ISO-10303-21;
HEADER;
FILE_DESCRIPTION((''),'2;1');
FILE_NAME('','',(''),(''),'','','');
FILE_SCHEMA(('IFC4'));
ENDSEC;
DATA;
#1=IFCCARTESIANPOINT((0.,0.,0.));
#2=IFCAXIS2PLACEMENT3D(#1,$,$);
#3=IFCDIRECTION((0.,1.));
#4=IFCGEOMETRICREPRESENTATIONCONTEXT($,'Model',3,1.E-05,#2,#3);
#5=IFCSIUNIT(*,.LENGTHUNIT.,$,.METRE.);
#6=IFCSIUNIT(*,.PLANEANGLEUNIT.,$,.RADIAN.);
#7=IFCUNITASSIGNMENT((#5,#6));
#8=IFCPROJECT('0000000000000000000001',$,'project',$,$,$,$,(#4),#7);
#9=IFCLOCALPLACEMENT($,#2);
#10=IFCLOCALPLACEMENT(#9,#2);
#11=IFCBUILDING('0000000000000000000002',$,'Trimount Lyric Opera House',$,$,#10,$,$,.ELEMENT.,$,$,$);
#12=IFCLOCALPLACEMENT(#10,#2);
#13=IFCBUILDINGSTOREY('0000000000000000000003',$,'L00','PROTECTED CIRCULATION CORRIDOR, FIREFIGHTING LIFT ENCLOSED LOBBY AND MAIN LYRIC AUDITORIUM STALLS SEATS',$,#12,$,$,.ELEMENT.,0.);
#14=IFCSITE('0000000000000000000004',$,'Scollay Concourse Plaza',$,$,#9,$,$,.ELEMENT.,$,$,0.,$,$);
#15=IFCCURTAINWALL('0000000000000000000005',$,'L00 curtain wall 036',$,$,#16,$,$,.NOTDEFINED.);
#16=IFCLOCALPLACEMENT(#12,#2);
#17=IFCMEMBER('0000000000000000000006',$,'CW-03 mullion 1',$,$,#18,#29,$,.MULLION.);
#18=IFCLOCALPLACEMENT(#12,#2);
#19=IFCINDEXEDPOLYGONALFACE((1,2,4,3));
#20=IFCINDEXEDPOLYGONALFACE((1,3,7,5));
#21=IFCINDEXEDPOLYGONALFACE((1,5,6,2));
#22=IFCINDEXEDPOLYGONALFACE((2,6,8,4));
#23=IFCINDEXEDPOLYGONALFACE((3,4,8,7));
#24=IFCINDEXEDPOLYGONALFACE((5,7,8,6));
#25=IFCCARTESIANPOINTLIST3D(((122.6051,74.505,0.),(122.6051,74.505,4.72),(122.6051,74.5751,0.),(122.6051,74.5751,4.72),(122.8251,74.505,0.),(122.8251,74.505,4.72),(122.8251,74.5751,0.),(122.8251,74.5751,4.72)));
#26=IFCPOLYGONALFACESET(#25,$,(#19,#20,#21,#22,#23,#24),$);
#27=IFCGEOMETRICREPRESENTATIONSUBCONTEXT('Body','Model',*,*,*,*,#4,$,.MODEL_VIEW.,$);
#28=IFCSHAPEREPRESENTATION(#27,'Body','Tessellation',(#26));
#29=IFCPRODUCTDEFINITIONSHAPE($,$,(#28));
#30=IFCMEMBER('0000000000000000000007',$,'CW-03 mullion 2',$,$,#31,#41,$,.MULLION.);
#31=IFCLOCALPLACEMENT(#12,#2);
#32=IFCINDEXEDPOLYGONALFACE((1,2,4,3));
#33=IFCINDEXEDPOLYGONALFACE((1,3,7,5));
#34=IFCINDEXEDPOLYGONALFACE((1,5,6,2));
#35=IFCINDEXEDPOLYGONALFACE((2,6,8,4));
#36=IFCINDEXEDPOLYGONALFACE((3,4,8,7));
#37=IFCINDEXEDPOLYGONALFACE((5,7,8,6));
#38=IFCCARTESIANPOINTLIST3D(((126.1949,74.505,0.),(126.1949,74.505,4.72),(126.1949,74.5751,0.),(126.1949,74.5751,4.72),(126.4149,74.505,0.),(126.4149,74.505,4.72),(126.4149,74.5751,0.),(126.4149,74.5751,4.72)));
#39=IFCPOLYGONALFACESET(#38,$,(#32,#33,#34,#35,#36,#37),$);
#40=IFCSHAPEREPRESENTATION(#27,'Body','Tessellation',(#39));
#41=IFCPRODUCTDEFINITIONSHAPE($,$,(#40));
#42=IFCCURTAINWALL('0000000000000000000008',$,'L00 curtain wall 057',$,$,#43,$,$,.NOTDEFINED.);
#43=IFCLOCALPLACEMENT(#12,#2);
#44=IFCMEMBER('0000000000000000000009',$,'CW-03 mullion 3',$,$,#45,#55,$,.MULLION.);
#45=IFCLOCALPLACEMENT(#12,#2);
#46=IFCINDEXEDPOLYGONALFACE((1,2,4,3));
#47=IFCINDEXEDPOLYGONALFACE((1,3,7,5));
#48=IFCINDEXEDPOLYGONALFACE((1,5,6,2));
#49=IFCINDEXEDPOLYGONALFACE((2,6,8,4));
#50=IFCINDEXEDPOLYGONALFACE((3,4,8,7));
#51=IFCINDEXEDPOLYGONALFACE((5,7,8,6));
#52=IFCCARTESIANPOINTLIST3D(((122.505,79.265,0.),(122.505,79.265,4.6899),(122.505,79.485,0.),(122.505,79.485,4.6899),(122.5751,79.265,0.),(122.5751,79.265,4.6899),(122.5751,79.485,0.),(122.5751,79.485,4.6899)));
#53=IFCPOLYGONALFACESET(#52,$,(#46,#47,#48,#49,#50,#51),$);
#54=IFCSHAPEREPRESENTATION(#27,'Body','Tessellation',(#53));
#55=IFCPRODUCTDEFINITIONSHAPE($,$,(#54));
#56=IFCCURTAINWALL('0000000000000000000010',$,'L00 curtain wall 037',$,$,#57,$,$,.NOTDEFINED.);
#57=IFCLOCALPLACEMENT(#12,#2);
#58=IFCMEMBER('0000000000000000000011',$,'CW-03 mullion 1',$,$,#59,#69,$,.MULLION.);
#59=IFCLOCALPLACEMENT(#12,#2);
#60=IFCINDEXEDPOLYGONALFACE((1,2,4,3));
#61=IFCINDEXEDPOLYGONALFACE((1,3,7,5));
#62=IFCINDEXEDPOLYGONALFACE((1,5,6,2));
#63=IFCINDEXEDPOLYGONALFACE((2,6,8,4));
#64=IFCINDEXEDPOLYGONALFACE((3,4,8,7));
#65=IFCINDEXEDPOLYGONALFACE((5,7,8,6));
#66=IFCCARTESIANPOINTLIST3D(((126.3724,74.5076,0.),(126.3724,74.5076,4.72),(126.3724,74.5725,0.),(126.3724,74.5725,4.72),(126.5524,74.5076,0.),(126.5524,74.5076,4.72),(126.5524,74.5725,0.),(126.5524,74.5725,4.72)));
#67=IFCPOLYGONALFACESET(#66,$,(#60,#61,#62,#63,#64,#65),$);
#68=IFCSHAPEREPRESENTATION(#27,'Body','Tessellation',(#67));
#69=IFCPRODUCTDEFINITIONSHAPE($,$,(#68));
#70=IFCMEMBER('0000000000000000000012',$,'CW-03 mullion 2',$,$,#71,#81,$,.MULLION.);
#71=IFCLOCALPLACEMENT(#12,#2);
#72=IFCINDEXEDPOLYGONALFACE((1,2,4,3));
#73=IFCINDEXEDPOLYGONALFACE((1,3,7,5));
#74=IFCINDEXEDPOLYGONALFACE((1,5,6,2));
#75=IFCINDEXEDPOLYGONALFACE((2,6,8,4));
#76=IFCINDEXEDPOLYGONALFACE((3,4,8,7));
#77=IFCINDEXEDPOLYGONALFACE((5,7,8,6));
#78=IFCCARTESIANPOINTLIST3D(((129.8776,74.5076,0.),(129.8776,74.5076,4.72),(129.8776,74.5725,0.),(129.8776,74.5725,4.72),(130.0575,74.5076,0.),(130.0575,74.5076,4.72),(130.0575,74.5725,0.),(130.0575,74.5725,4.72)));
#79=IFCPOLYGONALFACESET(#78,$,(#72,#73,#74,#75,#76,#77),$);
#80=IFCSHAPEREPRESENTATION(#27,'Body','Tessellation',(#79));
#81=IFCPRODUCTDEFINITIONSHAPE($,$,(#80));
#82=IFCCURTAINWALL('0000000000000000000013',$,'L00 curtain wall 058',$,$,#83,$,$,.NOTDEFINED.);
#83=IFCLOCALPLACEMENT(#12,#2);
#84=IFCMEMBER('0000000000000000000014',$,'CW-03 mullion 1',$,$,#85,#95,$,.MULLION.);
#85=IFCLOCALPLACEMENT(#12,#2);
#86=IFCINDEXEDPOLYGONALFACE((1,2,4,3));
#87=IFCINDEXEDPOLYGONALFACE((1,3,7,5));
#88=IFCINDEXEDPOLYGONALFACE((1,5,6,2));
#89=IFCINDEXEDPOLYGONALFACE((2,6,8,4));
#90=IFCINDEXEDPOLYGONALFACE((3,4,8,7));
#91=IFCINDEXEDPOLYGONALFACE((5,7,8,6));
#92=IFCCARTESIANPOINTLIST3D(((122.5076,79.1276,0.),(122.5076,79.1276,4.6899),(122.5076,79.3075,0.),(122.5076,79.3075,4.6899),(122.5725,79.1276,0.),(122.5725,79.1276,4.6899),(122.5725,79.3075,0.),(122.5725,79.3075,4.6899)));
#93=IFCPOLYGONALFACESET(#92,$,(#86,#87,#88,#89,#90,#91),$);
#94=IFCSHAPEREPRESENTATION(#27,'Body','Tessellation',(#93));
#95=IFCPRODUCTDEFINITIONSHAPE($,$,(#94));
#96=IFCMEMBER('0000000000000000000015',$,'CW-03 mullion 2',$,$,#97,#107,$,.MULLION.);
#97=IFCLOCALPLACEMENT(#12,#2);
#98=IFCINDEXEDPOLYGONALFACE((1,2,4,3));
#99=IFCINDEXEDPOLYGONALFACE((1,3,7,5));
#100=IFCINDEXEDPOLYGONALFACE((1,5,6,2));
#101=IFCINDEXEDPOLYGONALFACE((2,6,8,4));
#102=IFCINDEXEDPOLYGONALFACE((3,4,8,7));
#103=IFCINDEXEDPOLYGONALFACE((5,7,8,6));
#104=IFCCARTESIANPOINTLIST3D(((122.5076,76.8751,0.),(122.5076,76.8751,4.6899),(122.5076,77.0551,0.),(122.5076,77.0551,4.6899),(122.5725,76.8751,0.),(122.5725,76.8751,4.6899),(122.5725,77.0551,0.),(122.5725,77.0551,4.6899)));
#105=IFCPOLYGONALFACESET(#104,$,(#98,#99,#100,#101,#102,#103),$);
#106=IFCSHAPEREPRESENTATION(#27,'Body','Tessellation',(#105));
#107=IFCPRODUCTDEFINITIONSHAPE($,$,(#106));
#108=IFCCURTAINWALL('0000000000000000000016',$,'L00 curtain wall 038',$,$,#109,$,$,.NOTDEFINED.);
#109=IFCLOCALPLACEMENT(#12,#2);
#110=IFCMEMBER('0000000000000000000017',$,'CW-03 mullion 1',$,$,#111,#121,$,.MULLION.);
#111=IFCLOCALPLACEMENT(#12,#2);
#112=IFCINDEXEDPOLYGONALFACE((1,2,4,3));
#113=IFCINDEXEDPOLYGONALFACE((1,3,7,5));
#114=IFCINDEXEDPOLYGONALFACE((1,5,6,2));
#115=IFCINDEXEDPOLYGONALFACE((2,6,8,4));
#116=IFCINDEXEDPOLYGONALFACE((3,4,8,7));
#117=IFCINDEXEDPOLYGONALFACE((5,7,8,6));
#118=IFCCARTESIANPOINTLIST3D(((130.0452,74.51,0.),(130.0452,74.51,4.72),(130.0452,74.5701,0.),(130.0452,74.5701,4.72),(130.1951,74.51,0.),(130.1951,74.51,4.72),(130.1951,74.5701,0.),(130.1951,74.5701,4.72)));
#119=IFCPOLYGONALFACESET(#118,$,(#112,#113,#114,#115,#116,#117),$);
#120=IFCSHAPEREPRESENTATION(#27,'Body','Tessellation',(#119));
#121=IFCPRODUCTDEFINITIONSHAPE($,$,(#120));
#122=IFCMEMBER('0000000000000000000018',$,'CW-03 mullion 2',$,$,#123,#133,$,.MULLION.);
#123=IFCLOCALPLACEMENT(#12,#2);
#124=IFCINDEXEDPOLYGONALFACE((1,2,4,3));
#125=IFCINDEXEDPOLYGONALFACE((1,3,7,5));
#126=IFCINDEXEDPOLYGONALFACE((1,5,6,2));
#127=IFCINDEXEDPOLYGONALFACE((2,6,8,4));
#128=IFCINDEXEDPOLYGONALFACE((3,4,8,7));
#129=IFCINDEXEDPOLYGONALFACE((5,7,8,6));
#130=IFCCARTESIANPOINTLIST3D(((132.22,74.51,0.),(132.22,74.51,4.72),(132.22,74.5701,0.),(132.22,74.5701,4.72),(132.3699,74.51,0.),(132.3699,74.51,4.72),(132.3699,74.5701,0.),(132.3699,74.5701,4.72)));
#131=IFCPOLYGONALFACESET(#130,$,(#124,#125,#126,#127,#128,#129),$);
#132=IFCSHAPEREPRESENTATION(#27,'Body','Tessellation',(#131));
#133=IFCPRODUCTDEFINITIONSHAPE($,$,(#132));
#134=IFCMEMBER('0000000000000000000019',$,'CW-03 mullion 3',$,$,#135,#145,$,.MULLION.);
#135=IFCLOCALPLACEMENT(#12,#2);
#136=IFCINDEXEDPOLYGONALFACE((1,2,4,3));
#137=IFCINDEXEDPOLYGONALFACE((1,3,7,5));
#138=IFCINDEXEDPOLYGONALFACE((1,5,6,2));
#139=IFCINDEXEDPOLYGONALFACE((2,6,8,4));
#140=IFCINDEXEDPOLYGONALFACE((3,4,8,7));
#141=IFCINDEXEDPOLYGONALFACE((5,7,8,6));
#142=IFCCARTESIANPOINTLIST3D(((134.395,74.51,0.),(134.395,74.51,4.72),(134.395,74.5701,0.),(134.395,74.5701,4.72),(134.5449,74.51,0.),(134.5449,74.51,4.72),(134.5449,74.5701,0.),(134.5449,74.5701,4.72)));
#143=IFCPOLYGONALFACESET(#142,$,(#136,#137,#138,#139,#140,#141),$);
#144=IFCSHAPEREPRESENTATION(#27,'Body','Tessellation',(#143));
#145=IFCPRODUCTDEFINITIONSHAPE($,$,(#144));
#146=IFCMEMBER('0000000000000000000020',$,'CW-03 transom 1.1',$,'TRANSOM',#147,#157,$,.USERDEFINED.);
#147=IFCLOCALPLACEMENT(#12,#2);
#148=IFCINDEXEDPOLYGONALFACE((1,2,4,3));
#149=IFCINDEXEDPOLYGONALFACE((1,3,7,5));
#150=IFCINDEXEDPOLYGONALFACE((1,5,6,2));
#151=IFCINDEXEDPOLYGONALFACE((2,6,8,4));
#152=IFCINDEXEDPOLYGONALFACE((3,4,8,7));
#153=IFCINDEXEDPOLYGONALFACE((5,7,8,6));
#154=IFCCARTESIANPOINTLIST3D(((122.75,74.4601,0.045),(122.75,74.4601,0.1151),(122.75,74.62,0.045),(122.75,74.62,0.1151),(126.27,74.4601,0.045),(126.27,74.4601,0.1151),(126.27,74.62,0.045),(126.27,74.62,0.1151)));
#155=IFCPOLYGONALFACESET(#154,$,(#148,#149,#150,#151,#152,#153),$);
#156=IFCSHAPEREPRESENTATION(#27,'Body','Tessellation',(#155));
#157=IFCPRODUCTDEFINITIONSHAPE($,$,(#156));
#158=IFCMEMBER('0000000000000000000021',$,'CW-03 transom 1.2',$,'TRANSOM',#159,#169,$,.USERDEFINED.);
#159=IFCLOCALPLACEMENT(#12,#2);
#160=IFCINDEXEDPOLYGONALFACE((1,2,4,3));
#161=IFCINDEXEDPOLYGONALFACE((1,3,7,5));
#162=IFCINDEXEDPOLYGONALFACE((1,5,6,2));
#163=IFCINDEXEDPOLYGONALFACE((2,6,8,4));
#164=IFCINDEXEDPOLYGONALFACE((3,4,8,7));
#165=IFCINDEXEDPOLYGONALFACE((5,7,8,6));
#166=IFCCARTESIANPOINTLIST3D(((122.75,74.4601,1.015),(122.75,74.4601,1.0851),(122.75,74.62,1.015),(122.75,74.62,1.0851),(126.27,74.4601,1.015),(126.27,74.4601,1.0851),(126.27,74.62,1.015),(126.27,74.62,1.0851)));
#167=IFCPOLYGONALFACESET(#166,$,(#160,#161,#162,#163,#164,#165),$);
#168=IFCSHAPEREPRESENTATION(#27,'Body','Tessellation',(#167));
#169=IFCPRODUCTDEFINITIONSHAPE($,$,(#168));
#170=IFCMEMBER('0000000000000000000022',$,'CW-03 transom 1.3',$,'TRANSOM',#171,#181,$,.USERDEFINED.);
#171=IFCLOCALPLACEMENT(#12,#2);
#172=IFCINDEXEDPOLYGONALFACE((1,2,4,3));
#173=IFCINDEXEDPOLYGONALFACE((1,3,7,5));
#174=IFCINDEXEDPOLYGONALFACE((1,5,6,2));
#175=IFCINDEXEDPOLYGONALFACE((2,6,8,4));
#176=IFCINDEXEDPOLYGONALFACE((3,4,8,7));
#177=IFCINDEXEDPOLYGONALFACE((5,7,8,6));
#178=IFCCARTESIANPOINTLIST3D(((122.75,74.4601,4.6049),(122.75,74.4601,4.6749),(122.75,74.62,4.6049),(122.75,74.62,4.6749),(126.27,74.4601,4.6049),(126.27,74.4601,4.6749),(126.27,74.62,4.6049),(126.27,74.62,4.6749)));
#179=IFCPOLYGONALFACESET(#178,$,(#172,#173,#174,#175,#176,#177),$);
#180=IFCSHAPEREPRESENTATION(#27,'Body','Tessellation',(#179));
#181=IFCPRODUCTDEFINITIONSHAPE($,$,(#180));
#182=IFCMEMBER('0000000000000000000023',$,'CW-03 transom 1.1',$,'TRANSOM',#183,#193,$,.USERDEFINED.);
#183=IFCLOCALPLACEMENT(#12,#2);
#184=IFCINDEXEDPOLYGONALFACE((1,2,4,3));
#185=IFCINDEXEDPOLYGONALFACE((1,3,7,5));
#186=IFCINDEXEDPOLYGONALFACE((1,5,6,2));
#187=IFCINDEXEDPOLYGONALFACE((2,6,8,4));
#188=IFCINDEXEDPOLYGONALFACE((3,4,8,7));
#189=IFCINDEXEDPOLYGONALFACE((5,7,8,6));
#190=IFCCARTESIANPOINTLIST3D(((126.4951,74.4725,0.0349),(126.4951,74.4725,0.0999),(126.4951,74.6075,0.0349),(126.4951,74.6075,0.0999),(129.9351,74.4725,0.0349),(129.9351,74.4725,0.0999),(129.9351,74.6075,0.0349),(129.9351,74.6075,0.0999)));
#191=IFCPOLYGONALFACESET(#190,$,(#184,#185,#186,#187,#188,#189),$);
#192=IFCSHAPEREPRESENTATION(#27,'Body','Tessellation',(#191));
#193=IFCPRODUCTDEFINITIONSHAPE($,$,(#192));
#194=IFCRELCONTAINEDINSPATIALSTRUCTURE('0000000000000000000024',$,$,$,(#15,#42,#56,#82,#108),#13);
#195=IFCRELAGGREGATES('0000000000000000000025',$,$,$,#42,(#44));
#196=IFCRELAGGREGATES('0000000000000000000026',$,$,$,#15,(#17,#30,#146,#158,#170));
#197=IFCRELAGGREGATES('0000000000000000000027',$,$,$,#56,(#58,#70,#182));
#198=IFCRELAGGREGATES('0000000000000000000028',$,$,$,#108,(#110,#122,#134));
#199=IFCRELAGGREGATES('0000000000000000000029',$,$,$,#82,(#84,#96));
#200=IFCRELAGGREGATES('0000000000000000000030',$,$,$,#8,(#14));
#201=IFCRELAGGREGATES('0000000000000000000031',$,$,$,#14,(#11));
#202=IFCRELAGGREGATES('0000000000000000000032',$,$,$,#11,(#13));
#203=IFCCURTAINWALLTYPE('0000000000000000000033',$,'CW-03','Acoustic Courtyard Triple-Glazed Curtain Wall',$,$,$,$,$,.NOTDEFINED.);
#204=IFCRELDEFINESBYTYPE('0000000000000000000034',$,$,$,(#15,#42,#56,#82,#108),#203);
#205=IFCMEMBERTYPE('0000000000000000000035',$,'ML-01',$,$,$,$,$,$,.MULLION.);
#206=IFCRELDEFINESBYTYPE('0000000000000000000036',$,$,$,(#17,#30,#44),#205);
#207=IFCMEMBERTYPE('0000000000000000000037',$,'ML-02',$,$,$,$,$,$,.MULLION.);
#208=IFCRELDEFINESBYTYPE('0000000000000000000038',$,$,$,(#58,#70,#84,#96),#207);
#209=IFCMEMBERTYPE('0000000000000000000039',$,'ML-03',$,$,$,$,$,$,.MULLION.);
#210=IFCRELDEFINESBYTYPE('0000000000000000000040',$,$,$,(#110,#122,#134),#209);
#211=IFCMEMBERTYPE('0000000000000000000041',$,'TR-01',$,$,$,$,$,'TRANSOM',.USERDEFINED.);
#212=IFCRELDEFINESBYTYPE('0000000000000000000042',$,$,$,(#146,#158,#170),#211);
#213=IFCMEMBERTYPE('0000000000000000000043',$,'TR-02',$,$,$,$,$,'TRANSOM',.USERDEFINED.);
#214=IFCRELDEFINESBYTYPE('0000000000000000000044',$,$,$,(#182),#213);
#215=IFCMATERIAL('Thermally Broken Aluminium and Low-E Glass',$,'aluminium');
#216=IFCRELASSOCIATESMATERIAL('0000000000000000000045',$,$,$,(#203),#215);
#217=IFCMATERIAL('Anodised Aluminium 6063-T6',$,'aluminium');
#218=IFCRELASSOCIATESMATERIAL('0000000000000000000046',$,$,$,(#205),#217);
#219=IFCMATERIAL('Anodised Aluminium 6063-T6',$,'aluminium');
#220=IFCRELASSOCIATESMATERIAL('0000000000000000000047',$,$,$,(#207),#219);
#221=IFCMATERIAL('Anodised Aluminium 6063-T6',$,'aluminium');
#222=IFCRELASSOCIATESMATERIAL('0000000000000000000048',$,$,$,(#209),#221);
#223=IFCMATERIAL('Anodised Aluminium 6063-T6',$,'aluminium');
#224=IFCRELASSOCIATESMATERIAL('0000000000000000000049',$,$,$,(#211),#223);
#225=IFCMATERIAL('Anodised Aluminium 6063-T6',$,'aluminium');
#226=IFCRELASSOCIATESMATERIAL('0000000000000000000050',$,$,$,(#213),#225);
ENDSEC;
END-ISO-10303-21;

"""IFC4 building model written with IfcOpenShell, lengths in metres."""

from ifc_helpers import new_model, si_unit, direction, frame, origin, origin_2d, place, context, subcontext, project, spatial, rectangle, extrude, material, material_profile, profile_set, type_object, element, aggregate, save


model = new_model("IFC4")

# Units and contexts
model_context = context("Model", 3, precision=1e-05, world=origin(), true_north=direction((0.0, 1.0)))
body_context = subcontext(model_context, "Body", "Model", "MODEL_VIEW")
ifc_project = project(units=[si_unit("LENGTHUNIT", "METRE"), si_unit("PLANEANGLEUNIT", "RADIAN")], contexts=[model_context])

# Site, building, storey
site_placement = place(None, origin())
site = spatial("IfcSite", under=ifc_project, at=site_placement, Name="Scollay Concourse Plaza", CompositionType="ELEMENT", RefElevation=0.0)
building_placement = place(site_placement, origin())
building = spatial("IfcBuilding", under=site, at=building_placement, Name="Trimount Lyric Opera House", CompositionType="ELEMENT")
storey_placement = place(building_placement, origin())
storey = spatial("IfcBuildingStorey", under=building, at=storey_placement, Name="L00", Description="PROTECTED CIRCULATION CORRIDOR, FIREFIGHTING LIFT ENCLOSED LOBBY AND MAIN LYRIC AUDITORIUM STALLS SEATS", CompositionType="ELEMENT", Elevation=0.0)

# Curtain wall, members
ifc_material_1 = material(Name="Thermally Broken Aluminium and Low-E Glass", Category="aluminium")
curtain_wall_type = type_object("IfcCurtainWallType", Name="CW-03", Description="Acoustic Courtyard Triple-Glazed Curtain Wall", PredefinedType="NOTDEFINED", material=ifc_material_1)
curtain_wall_1_placement = place(storey_placement, origin())
curtain_wall_1 = element("IfcCurtainWall", 1, at=curtain_wall_1_placement, inside=storey, type_object=curtain_wall_type, Name="L00 curtain wall 036", PredefinedType="NOTDEFINED")
ifc_material_2 = material(Name="Anodised Aluminium 6063-T6", Category="aluminium")
ifc_material_profile_1 = material_profile(ifc_material_2, rectangle(XDim=0.0701, YDim=0.22, at=origin_2d()), Name="ALU-MULL-70X220")
ifc_profile_set_1 = profile_set([ifc_material_profile_1], Name="Anodised Aluminium 6063-T6")
member_type_1 = type_object("IfcMemberType", Name="ML-01", PredefinedType="MULLION", material=ifc_profile_set_1)
member_1_placement = place(storey_placement, frame((122.7151, 74.54, 0.0), z_axis=(0.0, 0.0, 1.0), x_axis=(0.0, 1.0, 0.0)))
member_1 = element("IfcMember", 2, at=member_1_placement, type_object=member_type_1, Name="CW-03 mullion 1", PredefinedType="MULLION", context=body_context, shape_type="SweptSolid", body=[
    extrude(rectangle(XDim=0.0701, YDim=0.22, at=origin_2d()), origin(), (0.0, 0.0, 1.0), 4.72),
])
member_2_placement = place(storey_placement, frame((126.3049, 74.54, 0.0), z_axis=(0.0, 0.0, 1.0), x_axis=(0.0, 1.0, 0.0)))
member_2 = element("IfcMember", 3, at=member_2_placement, type_object=member_type_1, Name="CW-03 mullion 2", PredefinedType="MULLION", context=body_context, shape_type="SweptSolid", body=[
    extrude(rectangle(XDim=0.0701, YDim=0.22, at=origin_2d()), origin(), (0.0, 0.0, 1.0), 4.72),
])

# Curtain wall, member
curtain_wall_2_placement = place(storey_placement, origin())
curtain_wall_2 = element("IfcCurtainWall", 4, at=curtain_wall_2_placement, inside=storey, type_object=curtain_wall_type, Name="L00 curtain wall 057", PredefinedType="NOTDEFINED")
member_3_placement = place(storey_placement, frame((122.54, 79.375, 0.0), z_axis=(0.0, 0.0, 1.0), x_axis=(1.0, 0.0, 0.0)))
member_3 = element("IfcMember", 5, at=member_3_placement, type_object=member_type_1, Name="CW-03 mullion 3", PredefinedType="MULLION", context=body_context, shape_type="SweptSolid", body=[
    extrude(rectangle(XDim=0.0701, YDim=0.22, at=origin_2d()), origin(), (0.0, 0.0, 1.0), 4.6899),
])
aggregate(curtain_wall_2, [member_3])

# Curtain walls, members
curtain_wall_3_placement = place(storey_placement, origin())
curtain_wall_3 = element("IfcCurtainWall", 6, at=curtain_wall_3_placement, inside=storey, type_object=curtain_wall_type, Name="L00 curtain wall 037", PredefinedType="NOTDEFINED")
ifc_material_3 = material(Name="Anodised Aluminium 6063-T6", Category="aluminium")
ifc_material_profile_2 = material_profile(ifc_material_3, rectangle(XDim=0.0649, YDim=0.1799, at=origin_2d()), Name="ALU-MULL-65X180")
ifc_profile_set_2 = profile_set([ifc_material_profile_2], Name="Anodised Aluminium 6063-T6")
member_type_2 = type_object("IfcMemberType", Name="ML-02", PredefinedType="MULLION", material=ifc_profile_set_2)
member_4_placement = place(storey_placement, frame((126.4624, 74.54, 0.0), z_axis=(0.0, 0.0, 1.0), x_axis=(0.0, 1.0, 0.0)))
member_4 = element("IfcMember", 7, at=member_4_placement, type_object=member_type_2, Name="CW-03 mullion 1", PredefinedType="MULLION", context=body_context, shape_type="SweptSolid", body=[
    extrude(rectangle(XDim=0.0649, YDim=0.1799, at=origin_2d()), origin(), (0.0, 0.0, 1.0), 4.72),
])
member_5_placement = place(storey_placement, frame((129.9675, 74.54, 0.0), z_axis=(0.0, 0.0, 1.0), x_axis=(0.0, 1.0, 0.0)))
member_5 = element("IfcMember", 8, at=member_5_placement, type_object=member_type_2, Name="CW-03 mullion 2", PredefinedType="MULLION", context=body_context, shape_type="SweptSolid", body=[
    extrude(rectangle(XDim=0.0649, YDim=0.1799, at=origin_2d()), origin(), (0.0, 0.0, 1.0), 4.72),
])
curtain_wall_4_placement = place(storey_placement, origin())
curtain_wall_4 = element("IfcCurtainWall", 9, at=curtain_wall_4_placement, inside=storey, type_object=curtain_wall_type, Name="L00 curtain wall 058", PredefinedType="NOTDEFINED")
member_6_placement = place(storey_placement, frame((122.54, 79.2175, 0.0), z_axis=(0.0, 0.0, 1.0), x_axis=(1.0, 0.0, 0.0)))
member_6 = element("IfcMember", 10, at=member_6_placement, type_object=member_type_2, Name="CW-03 mullion 1", PredefinedType="MULLION", context=body_context, shape_type="SweptSolid", body=[
    extrude(rectangle(XDim=0.0649, YDim=0.1799, at=origin_2d()), origin(), (0.0, 0.0, 1.0), 4.6899),
])
member_7_placement = place(storey_placement, frame((122.54, 76.9651, 0.0), z_axis=(0.0, 0.0, 1.0), x_axis=(1.0, 0.0, 0.0)))
member_7 = element("IfcMember", 11, at=member_7_placement, type_object=member_type_2, Name="CW-03 mullion 2", PredefinedType="MULLION", context=body_context, shape_type="SweptSolid", body=[
    extrude(rectangle(XDim=0.0649, YDim=0.1799, at=origin_2d()), origin(), (0.0, 0.0, 1.0), 4.6899),
])
curtain_wall_5_placement = place(storey_placement, origin())
curtain_wall_5 = element("IfcCurtainWall", 12, at=curtain_wall_5_placement, inside=storey, type_object=curtain_wall_type, Name="L00 curtain wall 038", PredefinedType="NOTDEFINED")
ifc_material_4 = material(Name="Anodised Aluminium 6063-T6", Category="aluminium")
ifc_material_profile_3 = material_profile(ifc_material_4, rectangle(XDim=0.0601, YDim=0.1499, at=origin_2d()), Name="ALU-MULL-60X150")
ifc_profile_set_3 = profile_set([ifc_material_profile_3], Name="Anodised Aluminium 6063-T6")
member_type_3 = type_object("IfcMemberType", Name="ML-03", PredefinedType="MULLION", material=ifc_profile_set_3)
member_8_placement = place(storey_placement, frame((130.1201, 74.54, 0.0), z_axis=(0.0, 0.0, 1.0), x_axis=(0.0, 1.0, 0.0)))
member_8 = element("IfcMember", 13, at=member_8_placement, type_object=member_type_3, Name="CW-03 mullion 1", PredefinedType="MULLION", context=body_context, shape_type="SweptSolid", body=[
    extrude(rectangle(XDim=0.0601, YDim=0.1499, at=origin_2d()), origin(), (0.0, 0.0, 1.0), 4.72),
])
member_9_placement = place(storey_placement, frame((132.2949, 74.54, 0.0), z_axis=(0.0, 0.0, 1.0), x_axis=(0.0, 1.0, 0.0)))
member_9 = element("IfcMember", 14, at=member_9_placement, type_object=member_type_3, Name="CW-03 mullion 2", PredefinedType="MULLION", context=body_context, shape_type="SweptSolid", body=[
    extrude(rectangle(XDim=0.0601, YDim=0.1499, at=origin_2d()), origin(), (0.0, 0.0, 1.0), 4.72),
])
member_10_placement = place(storey_placement, frame((134.47, 74.54, 0.0), z_axis=(0.0, 0.0, 1.0), x_axis=(0.0, 1.0, 0.0)))
member_10 = element("IfcMember", 15, at=member_10_placement, type_object=member_type_3, Name="CW-03 mullion 3", PredefinedType="MULLION", context=body_context, shape_type="SweptSolid", body=[
    extrude(rectangle(XDim=0.0601, YDim=0.1499, at=origin_2d()), origin(), (0.0, 0.0, 1.0), 4.72),
])

# Members
ifc_material_5 = material(Name="Anodised Aluminium 6063-T6", Category="aluminium")
ifc_material_profile_4 = material_profile(ifc_material_5, rectangle(XDim=0.1599, YDim=0.0701, at=origin_2d()), Name="ALU-TRAN-70X160")
ifc_profile_set_4 = profile_set([ifc_material_profile_4], Name="Anodised Aluminium 6063-T6")
member_type_4 = type_object("IfcMemberType", Name="TR-01", ElementType="TRANSOM", PredefinedType="USERDEFINED", material=ifc_profile_set_4)
member_11_placement = place(storey_placement, frame((122.75, 74.54, 0.0801), z_axis=(1.0, 0.0, 0.0), x_axis=(0.0, 1.0, 0.0)))
member_11 = element("IfcMember", 16, at=member_11_placement, type_object=member_type_4, Name="CW-03 transom 1.1", ObjectType="TRANSOM", PredefinedType="USERDEFINED", context=body_context, shape_type="SweptSolid", body=[
    extrude(rectangle(XDim=0.1599, YDim=0.0701, at=origin_2d()), origin(), (0.0, 0.0, 1.0), 3.52),
])
member_12_placement = place(storey_placement, frame((122.75, 74.54, 1.05), z_axis=(1.0, 0.0, 0.0), x_axis=(0.0, 1.0, 0.0)))
member_12 = element("IfcMember", 17, at=member_12_placement, type_object=member_type_4, Name="CW-03 transom 1.2", ObjectType="TRANSOM", PredefinedType="USERDEFINED", context=body_context, shape_type="SweptSolid", body=[
    extrude(rectangle(XDim=0.1599, YDim=0.0701, at=origin_2d()), origin(), (0.0, 0.0, 1.0), 3.52),
])
member_13_placement = place(storey_placement, frame((122.75, 74.54, 4.6399), z_axis=(1.0, 0.0, 0.0), x_axis=(0.0, 1.0, 0.0)))
member_13 = element("IfcMember", 18, at=member_13_placement, type_object=member_type_4, Name="CW-03 transom 1.3", ObjectType="TRANSOM", PredefinedType="USERDEFINED", context=body_context, shape_type="SweptSolid", body=[
    extrude(rectangle(XDim=0.1599, YDim=0.0701, at=origin_2d()), origin(), (0.0, 0.0, 1.0), 3.52),
])
ifc_material_6 = material(Name="Anodised Aluminium 6063-T6", Category="aluminium")
ifc_material_profile_5 = material_profile(ifc_material_6, rectangle(XDim=0.135, YDim=0.0649, at=origin_2d()), Name="ALU-TRAN-65X135")
ifc_profile_set_5 = profile_set([ifc_material_profile_5], Name="Anodised Aluminium 6063-T6")
member_type_5 = type_object("IfcMemberType", Name="TR-02", ElementType="TRANSOM", PredefinedType="USERDEFINED", material=ifc_profile_set_5)
member_14_placement = place(storey_placement, frame((126.4951, 74.54, 0.0674), z_axis=(1.0, 0.0, 0.0), x_axis=(0.0, 1.0, 0.0)))
member_14 = element("IfcMember", 19, at=member_14_placement, type_object=member_type_5, Name="CW-03 transom 1.1", ObjectType="TRANSOM", PredefinedType="USERDEFINED", context=body_context, shape_type="SweptSolid", body=[
    extrude(rectangle(XDim=0.135, YDim=0.0649, at=origin_2d()), origin(), (0.0, 0.0, 1.0), 3.4399),
])

aggregate(curtain_wall_1, [member_1, member_2, member_11, member_12, member_13])
aggregate(curtain_wall_3, [member_4, member_5, member_14])
aggregate(curtain_wall_5, [member_8, member_9, member_10])
aggregate(curtain_wall_4, [member_6, member_7])

save(model, "model.ifc")
